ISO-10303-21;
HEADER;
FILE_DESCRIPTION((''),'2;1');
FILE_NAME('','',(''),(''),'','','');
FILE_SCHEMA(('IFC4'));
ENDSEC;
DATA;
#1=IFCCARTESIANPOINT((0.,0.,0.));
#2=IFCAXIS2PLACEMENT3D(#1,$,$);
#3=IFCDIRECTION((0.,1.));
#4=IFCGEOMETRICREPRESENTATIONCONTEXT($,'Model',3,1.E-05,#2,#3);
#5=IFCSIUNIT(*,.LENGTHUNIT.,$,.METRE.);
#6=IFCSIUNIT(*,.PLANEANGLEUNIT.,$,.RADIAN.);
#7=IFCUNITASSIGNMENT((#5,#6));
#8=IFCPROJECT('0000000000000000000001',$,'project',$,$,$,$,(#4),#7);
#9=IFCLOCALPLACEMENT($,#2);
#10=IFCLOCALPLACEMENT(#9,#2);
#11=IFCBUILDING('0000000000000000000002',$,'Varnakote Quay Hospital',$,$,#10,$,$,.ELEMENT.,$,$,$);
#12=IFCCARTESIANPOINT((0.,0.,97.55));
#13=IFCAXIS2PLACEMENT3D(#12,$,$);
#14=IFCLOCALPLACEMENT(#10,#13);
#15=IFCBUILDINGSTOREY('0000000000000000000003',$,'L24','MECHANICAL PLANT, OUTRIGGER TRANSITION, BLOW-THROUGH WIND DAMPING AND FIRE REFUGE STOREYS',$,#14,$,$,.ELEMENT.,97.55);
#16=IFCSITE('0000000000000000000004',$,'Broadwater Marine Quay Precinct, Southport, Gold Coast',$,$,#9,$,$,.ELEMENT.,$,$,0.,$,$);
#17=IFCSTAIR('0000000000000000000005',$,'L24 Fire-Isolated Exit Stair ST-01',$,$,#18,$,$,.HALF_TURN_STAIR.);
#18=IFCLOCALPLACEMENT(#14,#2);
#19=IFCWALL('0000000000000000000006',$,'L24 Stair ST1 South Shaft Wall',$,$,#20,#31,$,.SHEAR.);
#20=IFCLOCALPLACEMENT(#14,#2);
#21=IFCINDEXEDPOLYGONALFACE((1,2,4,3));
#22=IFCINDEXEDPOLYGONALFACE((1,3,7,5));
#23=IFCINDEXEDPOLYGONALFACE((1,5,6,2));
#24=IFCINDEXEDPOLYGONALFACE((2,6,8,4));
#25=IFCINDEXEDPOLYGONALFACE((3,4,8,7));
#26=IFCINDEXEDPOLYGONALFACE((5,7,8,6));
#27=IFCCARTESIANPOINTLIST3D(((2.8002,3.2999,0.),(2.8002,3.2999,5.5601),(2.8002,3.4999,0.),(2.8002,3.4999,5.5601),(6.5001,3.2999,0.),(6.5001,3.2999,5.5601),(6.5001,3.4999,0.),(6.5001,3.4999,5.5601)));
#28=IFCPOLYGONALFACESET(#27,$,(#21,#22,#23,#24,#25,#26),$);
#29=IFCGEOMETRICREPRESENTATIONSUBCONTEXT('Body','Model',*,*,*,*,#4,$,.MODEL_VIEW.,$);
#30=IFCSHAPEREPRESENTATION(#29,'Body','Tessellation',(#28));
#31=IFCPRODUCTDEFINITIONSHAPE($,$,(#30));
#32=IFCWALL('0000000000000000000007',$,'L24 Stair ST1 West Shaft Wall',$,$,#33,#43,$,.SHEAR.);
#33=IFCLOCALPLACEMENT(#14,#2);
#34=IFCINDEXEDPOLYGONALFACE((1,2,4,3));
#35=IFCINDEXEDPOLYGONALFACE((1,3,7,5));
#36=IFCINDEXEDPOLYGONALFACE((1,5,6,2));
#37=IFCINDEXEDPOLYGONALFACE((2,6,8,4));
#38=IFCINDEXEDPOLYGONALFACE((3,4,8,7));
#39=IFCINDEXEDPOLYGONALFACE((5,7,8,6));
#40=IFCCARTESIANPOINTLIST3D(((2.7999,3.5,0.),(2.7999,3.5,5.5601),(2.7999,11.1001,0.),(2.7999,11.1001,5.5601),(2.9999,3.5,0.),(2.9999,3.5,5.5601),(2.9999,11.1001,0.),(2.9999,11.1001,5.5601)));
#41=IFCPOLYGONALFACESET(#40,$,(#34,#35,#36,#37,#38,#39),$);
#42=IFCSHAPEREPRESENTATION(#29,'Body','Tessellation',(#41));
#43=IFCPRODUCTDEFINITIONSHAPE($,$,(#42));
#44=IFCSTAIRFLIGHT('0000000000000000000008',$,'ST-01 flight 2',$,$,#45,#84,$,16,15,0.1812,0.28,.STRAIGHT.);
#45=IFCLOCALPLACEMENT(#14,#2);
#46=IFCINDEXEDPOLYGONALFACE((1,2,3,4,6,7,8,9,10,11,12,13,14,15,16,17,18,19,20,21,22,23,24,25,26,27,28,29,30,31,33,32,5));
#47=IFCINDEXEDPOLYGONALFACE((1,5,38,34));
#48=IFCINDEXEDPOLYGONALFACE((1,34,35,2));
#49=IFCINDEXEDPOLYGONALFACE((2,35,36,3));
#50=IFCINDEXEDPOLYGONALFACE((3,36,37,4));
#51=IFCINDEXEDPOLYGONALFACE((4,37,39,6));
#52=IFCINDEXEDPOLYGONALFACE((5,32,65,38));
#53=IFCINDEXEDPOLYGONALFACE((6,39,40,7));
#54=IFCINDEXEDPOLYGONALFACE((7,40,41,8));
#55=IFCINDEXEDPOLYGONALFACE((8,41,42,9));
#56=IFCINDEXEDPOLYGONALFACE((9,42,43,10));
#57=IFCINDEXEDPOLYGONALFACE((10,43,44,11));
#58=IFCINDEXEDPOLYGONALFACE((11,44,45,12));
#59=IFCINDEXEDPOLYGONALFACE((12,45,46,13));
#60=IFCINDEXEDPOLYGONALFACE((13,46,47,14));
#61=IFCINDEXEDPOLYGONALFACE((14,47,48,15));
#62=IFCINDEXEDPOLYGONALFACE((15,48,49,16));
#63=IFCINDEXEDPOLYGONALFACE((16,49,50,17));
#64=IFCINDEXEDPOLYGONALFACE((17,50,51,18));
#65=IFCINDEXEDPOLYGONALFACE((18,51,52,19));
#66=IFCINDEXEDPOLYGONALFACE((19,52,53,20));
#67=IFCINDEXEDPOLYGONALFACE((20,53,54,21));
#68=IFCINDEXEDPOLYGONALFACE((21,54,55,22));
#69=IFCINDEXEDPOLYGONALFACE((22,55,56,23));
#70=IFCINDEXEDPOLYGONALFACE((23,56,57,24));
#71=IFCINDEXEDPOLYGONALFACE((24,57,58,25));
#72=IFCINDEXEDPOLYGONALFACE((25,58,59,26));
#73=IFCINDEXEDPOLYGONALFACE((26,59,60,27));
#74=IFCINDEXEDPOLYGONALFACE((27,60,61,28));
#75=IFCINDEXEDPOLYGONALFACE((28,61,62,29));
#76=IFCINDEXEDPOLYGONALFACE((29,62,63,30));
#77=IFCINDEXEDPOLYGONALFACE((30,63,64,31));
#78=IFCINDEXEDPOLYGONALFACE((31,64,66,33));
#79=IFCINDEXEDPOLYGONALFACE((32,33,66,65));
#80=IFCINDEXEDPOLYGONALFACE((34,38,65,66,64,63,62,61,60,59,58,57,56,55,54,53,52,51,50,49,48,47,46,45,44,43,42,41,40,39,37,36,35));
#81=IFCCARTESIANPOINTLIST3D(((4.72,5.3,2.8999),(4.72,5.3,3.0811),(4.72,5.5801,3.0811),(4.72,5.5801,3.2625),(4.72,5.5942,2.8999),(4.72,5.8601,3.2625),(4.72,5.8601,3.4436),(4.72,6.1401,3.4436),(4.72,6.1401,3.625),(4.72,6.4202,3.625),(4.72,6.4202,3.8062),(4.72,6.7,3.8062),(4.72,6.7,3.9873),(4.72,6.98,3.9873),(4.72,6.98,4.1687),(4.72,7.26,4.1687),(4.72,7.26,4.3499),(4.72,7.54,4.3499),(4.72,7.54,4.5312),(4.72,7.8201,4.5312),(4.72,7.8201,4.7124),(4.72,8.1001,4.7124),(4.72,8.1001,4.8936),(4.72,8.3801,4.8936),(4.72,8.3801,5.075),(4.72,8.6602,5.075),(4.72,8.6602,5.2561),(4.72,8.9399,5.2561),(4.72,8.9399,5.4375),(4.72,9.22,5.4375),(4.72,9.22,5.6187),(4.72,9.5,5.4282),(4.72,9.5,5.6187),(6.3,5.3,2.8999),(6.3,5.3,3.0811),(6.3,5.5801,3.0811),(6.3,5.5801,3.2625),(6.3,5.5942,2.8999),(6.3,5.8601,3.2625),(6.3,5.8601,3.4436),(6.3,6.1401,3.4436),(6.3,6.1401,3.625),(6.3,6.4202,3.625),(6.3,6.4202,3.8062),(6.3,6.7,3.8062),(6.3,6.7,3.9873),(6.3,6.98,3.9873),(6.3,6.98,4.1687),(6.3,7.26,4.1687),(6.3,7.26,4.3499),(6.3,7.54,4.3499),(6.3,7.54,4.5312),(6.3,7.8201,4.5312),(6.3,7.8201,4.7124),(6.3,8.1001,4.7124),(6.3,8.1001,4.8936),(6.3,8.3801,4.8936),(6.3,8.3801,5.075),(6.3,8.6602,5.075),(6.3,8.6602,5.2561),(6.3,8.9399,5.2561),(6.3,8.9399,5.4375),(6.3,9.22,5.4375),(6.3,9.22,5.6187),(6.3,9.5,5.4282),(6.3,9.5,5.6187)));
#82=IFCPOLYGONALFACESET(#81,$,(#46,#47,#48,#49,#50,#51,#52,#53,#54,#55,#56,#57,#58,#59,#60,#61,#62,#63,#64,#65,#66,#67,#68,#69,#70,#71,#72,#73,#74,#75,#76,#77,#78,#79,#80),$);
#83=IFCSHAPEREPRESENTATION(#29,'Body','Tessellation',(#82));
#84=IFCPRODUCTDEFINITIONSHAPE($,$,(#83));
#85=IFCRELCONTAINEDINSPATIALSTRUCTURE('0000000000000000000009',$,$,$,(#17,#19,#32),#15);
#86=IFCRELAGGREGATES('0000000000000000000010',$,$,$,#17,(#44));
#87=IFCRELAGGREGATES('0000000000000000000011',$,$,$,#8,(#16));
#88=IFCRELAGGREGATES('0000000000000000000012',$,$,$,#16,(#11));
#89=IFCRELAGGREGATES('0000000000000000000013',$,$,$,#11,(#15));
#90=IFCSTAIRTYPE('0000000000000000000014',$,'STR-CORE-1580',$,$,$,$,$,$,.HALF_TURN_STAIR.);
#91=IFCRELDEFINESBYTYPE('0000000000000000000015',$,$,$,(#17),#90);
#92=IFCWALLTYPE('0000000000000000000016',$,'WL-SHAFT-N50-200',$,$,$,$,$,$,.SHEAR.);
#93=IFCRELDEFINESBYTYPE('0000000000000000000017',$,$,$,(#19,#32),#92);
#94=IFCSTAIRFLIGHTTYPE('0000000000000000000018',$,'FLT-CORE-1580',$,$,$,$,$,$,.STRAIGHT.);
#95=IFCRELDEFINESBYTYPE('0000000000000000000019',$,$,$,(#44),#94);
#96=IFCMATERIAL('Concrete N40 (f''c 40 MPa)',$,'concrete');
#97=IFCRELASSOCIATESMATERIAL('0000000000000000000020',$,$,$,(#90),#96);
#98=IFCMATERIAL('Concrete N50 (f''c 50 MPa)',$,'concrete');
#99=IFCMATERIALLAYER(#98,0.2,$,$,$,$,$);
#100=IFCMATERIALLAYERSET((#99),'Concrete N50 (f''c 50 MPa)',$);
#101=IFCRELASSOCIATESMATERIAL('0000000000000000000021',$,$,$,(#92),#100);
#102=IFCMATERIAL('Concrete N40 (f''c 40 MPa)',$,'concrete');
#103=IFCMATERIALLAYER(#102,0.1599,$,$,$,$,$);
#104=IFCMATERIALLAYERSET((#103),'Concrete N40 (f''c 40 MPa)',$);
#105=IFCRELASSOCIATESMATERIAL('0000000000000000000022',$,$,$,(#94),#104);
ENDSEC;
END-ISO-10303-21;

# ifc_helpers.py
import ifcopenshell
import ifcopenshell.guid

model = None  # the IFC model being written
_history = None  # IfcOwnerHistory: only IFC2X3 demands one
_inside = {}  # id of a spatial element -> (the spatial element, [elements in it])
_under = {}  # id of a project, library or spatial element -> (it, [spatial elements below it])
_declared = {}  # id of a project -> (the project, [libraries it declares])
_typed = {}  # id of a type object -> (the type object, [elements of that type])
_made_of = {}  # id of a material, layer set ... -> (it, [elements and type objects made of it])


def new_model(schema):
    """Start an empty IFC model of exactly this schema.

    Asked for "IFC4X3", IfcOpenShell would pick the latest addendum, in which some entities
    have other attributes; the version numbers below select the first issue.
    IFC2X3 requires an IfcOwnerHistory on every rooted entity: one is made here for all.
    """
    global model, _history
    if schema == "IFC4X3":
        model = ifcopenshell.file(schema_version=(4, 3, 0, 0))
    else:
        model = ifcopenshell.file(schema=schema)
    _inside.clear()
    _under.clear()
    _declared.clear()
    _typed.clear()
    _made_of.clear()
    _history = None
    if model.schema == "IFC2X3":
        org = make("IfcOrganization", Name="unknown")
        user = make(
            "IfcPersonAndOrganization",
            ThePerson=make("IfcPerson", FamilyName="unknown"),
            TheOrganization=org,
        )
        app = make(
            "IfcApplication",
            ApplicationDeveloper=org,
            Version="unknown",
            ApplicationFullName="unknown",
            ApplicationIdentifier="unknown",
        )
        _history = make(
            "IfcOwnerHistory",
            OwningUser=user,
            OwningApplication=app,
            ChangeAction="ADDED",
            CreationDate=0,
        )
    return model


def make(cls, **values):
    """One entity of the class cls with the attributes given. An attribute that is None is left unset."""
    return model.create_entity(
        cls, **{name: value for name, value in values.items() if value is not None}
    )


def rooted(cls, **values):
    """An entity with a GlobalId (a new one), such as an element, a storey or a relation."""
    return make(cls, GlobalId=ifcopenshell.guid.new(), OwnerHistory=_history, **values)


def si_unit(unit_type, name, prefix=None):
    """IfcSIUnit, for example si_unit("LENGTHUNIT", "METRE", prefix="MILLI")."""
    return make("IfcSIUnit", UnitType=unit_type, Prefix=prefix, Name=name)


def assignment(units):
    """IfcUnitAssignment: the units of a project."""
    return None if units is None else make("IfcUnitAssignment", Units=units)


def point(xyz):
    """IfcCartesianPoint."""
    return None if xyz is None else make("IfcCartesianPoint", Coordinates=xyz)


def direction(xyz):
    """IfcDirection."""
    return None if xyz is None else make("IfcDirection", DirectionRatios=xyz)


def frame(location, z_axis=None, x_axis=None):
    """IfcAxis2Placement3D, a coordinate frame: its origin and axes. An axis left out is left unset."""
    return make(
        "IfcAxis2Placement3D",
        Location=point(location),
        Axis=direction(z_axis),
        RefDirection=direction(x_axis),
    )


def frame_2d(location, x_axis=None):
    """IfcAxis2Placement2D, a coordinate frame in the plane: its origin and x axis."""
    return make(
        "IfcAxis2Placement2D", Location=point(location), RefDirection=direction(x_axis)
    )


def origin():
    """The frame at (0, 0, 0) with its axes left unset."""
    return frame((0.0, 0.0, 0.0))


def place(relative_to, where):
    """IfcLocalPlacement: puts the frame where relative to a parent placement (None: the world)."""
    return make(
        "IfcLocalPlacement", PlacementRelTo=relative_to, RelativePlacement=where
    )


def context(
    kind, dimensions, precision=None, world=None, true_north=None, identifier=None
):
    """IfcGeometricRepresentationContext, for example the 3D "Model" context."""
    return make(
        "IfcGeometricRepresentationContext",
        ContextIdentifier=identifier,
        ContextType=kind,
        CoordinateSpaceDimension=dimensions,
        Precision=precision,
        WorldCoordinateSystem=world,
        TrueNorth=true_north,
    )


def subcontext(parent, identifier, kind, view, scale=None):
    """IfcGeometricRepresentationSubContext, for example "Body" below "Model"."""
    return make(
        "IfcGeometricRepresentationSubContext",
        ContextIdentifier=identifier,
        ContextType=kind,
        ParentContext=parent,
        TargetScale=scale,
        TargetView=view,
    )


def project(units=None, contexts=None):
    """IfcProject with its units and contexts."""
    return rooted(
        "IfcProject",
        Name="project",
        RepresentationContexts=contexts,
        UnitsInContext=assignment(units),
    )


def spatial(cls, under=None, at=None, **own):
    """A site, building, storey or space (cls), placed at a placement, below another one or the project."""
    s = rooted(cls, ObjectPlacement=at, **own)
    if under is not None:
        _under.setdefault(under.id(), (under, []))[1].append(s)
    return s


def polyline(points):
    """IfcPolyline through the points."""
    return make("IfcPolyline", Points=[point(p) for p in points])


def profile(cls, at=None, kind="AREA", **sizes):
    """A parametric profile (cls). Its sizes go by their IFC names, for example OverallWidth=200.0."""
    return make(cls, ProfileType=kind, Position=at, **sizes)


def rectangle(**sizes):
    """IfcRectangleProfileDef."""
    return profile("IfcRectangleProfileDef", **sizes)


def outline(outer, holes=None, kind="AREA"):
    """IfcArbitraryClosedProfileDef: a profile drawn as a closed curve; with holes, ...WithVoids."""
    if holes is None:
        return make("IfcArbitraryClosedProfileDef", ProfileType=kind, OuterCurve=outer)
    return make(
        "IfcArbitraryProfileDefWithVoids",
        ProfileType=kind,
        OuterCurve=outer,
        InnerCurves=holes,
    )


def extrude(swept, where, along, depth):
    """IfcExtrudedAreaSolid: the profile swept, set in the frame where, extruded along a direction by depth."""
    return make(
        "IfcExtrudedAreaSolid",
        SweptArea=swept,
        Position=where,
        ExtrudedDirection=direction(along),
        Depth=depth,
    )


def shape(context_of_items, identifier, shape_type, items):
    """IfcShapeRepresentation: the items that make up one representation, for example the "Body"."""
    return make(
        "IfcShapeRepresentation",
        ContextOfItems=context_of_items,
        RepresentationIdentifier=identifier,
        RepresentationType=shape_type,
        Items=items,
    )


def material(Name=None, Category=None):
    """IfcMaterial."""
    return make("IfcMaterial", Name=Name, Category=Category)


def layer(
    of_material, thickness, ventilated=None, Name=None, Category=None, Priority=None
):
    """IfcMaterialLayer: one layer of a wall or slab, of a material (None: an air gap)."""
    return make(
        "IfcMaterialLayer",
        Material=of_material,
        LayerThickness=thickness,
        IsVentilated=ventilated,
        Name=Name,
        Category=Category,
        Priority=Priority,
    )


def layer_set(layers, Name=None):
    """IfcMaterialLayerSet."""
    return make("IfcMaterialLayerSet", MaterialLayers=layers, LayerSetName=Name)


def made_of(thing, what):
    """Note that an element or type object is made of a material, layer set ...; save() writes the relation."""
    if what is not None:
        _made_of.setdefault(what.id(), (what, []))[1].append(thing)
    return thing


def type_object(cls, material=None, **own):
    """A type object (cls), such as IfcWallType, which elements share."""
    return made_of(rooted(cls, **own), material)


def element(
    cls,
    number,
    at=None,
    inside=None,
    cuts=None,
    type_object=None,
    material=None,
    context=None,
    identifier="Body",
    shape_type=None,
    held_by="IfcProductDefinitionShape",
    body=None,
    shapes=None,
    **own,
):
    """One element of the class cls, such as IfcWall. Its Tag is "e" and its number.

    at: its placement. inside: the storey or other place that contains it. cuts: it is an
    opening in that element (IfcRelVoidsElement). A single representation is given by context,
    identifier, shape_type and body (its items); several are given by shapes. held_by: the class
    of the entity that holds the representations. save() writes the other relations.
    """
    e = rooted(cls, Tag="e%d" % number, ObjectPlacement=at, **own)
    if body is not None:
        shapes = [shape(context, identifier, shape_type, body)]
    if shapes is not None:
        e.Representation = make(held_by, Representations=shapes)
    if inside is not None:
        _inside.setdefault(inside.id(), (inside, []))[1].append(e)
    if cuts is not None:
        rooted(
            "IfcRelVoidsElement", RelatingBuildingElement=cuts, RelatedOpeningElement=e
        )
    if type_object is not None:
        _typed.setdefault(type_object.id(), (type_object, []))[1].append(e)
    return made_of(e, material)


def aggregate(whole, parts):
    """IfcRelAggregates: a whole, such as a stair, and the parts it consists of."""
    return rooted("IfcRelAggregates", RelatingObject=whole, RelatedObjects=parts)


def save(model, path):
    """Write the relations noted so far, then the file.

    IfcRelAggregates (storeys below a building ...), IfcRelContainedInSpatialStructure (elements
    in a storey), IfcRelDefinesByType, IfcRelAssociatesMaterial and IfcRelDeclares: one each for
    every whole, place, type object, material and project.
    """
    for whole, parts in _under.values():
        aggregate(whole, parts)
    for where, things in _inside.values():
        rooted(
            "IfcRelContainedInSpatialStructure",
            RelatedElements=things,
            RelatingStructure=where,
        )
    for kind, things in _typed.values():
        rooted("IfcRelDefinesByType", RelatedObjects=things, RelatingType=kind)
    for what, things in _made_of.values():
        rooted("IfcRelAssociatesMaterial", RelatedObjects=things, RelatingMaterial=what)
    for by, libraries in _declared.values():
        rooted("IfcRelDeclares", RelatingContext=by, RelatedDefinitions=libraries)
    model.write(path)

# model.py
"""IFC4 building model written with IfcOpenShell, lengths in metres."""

from ifc_helpers import new_model, si_unit, direction, frame, frame_2d, origin, place, context, subcontext, project, spatial, polyline, rectangle, outline, extrude, material, layer, layer_set, type_object, element, aggregate, save


model = new_model("IFC4")

# Units and contexts
model_context = context("Model", 3, precision=1e-05, world=origin(), true_north=direction((0.0, 1.0)))
body_context = subcontext(model_context, "Body", "Model", "MODEL_VIEW")
ifc_project = project(units=[si_unit("LENGTHUNIT", "METRE"), si_unit("PLANEANGLEUNIT", "RADIAN")], contexts=[model_context])

# Site, building, storey
site_placement = place(None, origin())
site = spatial("IfcSite", under=ifc_project, at=site_placement, Name="Broadwater Marine Quay Precinct, Southport, Gold Coast", CompositionType="ELEMENT", RefElevation=0.0)
building_placement = place(site_placement, origin())
building = spatial("IfcBuilding", under=site, at=building_placement, Name="Varnakote Quay Hospital", CompositionType="ELEMENT")
storey_placement = place(building_placement, frame((0.0, 0.0, 97.55)))
storey = spatial("IfcBuildingStorey", under=building, at=storey_placement, Name="L24", Description="MECHANICAL PLANT, OUTRIGGER TRANSITION, BLOW-THROUGH WIND DAMPING AND FIRE REFUGE STOREYS", CompositionType="ELEMENT", Elevation=97.55)

# Stair
ifc_material_1 = material(Name="Concrete N40 (f'c 40 MPa)", Category="concrete")
stair_type = type_object("IfcStairType", Name="STR-CORE-1580", PredefinedType="HALF_TURN_STAIR", material=ifc_material_1)
stair_1_placement = place(storey_placement, origin())
stair_1 = element("IfcStair", 1, at=stair_1_placement, inside=storey, type_object=stair_type, Name="L24 Fire-Isolated Exit Stair ST-01", PredefinedType="HALF_TURN_STAIR")

# Walls
ifc_material_2 = material(Name="Concrete N50 (f'c 50 MPa)", Category="concrete")
ifc_layer_1 = layer(ifc_material_2, 0.2)
ifc_layer_set_1 = layer_set([ifc_layer_1], Name="Concrete N50 (f'c 50 MPa)")
wall_type = type_object("IfcWallType", Name="WL-SHAFT-N50-200", PredefinedType="SHEAR", material=ifc_layer_set_1)
wall_1_placement = place(storey_placement, frame((2.8, 3.3999, 0.0), z_axis=(0.0, 0.0, 1.0), x_axis=(1.0, 0.0, 0.0)))
element("IfcWall", 2, at=wall_1_placement, inside=storey, type_object=wall_type, Name="L24 Stair ST1 South Shaft Wall", PredefinedType="SHEAR", context=body_context, shape_type="SweptSolid", body=[
    extrude(rectangle(XDim=3.7, YDim=0.2, at=frame_2d((1.8501, 0.0))), origin(), (0.0, 0.0, 1.0), 5.5601),
])
wall_2_placement = place(storey_placement, frame((2.8999, 3.5, 0.0), z_axis=(0.0, 0.0, 1.0), x_axis=(0.0, 1.0, 0.0)))
element("IfcWall", 3, at=wall_2_placement, inside=storey, type_object=wall_type, Name="L24 Stair ST1 West Shaft Wall", PredefinedType="SHEAR", context=body_context, shape_type="SweptSolid", body=[
    extrude(rectangle(XDim=7.6001, YDim=0.2, at=frame_2d((3.8, 0.0))), origin(), (0.0, 0.0, 1.0), 5.5601),
])

# Stair flight
ifc_material_3 = material(Name="Concrete N40 (f'c 40 MPa)", Category="concrete")
ifc_layer_2 = layer(ifc_material_3, 0.1599)
ifc_layer_set_2 = layer_set([ifc_layer_2], Name="Concrete N40 (f'c 40 MPa)")
stair_flight_type = type_object("IfcStairFlightType", Name="FLT-CORE-1580", PredefinedType="STRAIGHT", material=ifc_layer_set_2)
stair_flight_placement = place(storey_placement, frame((5.51, 5.3, 2.8999), z_axis=(0.0, 0.0, 1.0), x_axis=(0.0, 1.0, 0.0)))
stair_flight = element("IfcStairFlight", 4, at=stair_flight_placement, type_object=stair_flight_type, Name="ST-01 flight 2", NumberOfRisers=16, NumberOfTreads=15, PredefinedType="STRAIGHT", RiserHeight=0.1812, TreadLength=0.28, context=body_context, shape_type="SweptSolid", body=[
    extrude(outline(polyline([(0.0, 0.0), (0.0, 0.1812), (0.28, 0.1812), (0.28, 0.3625), (0.5601, 0.3625), (0.5601, 0.5437), (0.8401, 0.5437), (0.8401, 0.7251), (1.1201, 0.7251), (1.1201, 0.9062), (1.3999, 0.9062), (1.3999, 1.0874), (1.6799, 1.0874), (1.6799, 1.2688), (1.96, 1.2688), (1.96, 1.45), (2.24, 1.45), (2.24, 1.6313), (2.52, 1.6313), (2.52, 1.8125), (2.8, 1.8125), (2.8, 1.9937), (3.0801, 1.9937), (3.0801, 2.175), (3.3601, 2.175), (3.3601, 2.3562), (3.6399, 2.3562), (3.6399, 2.5376), (3.9199, 2.5376), (3.9199, 2.7188), (4.2, 2.7188), (4.2, 2.8999), (4.2, 2.5283), (0.2942, 0.0), (0.0, 0.0)])), frame((0.0, 0.79, 0.0), z_axis=(0.0, -1.0, 0.0), x_axis=(1.0, 0.0, 0.0)), (0.0, 0.0, 1.0), 1.5801),
])
aggregate(stair_1, [stair_flight])

save(model, "model.ifc")
